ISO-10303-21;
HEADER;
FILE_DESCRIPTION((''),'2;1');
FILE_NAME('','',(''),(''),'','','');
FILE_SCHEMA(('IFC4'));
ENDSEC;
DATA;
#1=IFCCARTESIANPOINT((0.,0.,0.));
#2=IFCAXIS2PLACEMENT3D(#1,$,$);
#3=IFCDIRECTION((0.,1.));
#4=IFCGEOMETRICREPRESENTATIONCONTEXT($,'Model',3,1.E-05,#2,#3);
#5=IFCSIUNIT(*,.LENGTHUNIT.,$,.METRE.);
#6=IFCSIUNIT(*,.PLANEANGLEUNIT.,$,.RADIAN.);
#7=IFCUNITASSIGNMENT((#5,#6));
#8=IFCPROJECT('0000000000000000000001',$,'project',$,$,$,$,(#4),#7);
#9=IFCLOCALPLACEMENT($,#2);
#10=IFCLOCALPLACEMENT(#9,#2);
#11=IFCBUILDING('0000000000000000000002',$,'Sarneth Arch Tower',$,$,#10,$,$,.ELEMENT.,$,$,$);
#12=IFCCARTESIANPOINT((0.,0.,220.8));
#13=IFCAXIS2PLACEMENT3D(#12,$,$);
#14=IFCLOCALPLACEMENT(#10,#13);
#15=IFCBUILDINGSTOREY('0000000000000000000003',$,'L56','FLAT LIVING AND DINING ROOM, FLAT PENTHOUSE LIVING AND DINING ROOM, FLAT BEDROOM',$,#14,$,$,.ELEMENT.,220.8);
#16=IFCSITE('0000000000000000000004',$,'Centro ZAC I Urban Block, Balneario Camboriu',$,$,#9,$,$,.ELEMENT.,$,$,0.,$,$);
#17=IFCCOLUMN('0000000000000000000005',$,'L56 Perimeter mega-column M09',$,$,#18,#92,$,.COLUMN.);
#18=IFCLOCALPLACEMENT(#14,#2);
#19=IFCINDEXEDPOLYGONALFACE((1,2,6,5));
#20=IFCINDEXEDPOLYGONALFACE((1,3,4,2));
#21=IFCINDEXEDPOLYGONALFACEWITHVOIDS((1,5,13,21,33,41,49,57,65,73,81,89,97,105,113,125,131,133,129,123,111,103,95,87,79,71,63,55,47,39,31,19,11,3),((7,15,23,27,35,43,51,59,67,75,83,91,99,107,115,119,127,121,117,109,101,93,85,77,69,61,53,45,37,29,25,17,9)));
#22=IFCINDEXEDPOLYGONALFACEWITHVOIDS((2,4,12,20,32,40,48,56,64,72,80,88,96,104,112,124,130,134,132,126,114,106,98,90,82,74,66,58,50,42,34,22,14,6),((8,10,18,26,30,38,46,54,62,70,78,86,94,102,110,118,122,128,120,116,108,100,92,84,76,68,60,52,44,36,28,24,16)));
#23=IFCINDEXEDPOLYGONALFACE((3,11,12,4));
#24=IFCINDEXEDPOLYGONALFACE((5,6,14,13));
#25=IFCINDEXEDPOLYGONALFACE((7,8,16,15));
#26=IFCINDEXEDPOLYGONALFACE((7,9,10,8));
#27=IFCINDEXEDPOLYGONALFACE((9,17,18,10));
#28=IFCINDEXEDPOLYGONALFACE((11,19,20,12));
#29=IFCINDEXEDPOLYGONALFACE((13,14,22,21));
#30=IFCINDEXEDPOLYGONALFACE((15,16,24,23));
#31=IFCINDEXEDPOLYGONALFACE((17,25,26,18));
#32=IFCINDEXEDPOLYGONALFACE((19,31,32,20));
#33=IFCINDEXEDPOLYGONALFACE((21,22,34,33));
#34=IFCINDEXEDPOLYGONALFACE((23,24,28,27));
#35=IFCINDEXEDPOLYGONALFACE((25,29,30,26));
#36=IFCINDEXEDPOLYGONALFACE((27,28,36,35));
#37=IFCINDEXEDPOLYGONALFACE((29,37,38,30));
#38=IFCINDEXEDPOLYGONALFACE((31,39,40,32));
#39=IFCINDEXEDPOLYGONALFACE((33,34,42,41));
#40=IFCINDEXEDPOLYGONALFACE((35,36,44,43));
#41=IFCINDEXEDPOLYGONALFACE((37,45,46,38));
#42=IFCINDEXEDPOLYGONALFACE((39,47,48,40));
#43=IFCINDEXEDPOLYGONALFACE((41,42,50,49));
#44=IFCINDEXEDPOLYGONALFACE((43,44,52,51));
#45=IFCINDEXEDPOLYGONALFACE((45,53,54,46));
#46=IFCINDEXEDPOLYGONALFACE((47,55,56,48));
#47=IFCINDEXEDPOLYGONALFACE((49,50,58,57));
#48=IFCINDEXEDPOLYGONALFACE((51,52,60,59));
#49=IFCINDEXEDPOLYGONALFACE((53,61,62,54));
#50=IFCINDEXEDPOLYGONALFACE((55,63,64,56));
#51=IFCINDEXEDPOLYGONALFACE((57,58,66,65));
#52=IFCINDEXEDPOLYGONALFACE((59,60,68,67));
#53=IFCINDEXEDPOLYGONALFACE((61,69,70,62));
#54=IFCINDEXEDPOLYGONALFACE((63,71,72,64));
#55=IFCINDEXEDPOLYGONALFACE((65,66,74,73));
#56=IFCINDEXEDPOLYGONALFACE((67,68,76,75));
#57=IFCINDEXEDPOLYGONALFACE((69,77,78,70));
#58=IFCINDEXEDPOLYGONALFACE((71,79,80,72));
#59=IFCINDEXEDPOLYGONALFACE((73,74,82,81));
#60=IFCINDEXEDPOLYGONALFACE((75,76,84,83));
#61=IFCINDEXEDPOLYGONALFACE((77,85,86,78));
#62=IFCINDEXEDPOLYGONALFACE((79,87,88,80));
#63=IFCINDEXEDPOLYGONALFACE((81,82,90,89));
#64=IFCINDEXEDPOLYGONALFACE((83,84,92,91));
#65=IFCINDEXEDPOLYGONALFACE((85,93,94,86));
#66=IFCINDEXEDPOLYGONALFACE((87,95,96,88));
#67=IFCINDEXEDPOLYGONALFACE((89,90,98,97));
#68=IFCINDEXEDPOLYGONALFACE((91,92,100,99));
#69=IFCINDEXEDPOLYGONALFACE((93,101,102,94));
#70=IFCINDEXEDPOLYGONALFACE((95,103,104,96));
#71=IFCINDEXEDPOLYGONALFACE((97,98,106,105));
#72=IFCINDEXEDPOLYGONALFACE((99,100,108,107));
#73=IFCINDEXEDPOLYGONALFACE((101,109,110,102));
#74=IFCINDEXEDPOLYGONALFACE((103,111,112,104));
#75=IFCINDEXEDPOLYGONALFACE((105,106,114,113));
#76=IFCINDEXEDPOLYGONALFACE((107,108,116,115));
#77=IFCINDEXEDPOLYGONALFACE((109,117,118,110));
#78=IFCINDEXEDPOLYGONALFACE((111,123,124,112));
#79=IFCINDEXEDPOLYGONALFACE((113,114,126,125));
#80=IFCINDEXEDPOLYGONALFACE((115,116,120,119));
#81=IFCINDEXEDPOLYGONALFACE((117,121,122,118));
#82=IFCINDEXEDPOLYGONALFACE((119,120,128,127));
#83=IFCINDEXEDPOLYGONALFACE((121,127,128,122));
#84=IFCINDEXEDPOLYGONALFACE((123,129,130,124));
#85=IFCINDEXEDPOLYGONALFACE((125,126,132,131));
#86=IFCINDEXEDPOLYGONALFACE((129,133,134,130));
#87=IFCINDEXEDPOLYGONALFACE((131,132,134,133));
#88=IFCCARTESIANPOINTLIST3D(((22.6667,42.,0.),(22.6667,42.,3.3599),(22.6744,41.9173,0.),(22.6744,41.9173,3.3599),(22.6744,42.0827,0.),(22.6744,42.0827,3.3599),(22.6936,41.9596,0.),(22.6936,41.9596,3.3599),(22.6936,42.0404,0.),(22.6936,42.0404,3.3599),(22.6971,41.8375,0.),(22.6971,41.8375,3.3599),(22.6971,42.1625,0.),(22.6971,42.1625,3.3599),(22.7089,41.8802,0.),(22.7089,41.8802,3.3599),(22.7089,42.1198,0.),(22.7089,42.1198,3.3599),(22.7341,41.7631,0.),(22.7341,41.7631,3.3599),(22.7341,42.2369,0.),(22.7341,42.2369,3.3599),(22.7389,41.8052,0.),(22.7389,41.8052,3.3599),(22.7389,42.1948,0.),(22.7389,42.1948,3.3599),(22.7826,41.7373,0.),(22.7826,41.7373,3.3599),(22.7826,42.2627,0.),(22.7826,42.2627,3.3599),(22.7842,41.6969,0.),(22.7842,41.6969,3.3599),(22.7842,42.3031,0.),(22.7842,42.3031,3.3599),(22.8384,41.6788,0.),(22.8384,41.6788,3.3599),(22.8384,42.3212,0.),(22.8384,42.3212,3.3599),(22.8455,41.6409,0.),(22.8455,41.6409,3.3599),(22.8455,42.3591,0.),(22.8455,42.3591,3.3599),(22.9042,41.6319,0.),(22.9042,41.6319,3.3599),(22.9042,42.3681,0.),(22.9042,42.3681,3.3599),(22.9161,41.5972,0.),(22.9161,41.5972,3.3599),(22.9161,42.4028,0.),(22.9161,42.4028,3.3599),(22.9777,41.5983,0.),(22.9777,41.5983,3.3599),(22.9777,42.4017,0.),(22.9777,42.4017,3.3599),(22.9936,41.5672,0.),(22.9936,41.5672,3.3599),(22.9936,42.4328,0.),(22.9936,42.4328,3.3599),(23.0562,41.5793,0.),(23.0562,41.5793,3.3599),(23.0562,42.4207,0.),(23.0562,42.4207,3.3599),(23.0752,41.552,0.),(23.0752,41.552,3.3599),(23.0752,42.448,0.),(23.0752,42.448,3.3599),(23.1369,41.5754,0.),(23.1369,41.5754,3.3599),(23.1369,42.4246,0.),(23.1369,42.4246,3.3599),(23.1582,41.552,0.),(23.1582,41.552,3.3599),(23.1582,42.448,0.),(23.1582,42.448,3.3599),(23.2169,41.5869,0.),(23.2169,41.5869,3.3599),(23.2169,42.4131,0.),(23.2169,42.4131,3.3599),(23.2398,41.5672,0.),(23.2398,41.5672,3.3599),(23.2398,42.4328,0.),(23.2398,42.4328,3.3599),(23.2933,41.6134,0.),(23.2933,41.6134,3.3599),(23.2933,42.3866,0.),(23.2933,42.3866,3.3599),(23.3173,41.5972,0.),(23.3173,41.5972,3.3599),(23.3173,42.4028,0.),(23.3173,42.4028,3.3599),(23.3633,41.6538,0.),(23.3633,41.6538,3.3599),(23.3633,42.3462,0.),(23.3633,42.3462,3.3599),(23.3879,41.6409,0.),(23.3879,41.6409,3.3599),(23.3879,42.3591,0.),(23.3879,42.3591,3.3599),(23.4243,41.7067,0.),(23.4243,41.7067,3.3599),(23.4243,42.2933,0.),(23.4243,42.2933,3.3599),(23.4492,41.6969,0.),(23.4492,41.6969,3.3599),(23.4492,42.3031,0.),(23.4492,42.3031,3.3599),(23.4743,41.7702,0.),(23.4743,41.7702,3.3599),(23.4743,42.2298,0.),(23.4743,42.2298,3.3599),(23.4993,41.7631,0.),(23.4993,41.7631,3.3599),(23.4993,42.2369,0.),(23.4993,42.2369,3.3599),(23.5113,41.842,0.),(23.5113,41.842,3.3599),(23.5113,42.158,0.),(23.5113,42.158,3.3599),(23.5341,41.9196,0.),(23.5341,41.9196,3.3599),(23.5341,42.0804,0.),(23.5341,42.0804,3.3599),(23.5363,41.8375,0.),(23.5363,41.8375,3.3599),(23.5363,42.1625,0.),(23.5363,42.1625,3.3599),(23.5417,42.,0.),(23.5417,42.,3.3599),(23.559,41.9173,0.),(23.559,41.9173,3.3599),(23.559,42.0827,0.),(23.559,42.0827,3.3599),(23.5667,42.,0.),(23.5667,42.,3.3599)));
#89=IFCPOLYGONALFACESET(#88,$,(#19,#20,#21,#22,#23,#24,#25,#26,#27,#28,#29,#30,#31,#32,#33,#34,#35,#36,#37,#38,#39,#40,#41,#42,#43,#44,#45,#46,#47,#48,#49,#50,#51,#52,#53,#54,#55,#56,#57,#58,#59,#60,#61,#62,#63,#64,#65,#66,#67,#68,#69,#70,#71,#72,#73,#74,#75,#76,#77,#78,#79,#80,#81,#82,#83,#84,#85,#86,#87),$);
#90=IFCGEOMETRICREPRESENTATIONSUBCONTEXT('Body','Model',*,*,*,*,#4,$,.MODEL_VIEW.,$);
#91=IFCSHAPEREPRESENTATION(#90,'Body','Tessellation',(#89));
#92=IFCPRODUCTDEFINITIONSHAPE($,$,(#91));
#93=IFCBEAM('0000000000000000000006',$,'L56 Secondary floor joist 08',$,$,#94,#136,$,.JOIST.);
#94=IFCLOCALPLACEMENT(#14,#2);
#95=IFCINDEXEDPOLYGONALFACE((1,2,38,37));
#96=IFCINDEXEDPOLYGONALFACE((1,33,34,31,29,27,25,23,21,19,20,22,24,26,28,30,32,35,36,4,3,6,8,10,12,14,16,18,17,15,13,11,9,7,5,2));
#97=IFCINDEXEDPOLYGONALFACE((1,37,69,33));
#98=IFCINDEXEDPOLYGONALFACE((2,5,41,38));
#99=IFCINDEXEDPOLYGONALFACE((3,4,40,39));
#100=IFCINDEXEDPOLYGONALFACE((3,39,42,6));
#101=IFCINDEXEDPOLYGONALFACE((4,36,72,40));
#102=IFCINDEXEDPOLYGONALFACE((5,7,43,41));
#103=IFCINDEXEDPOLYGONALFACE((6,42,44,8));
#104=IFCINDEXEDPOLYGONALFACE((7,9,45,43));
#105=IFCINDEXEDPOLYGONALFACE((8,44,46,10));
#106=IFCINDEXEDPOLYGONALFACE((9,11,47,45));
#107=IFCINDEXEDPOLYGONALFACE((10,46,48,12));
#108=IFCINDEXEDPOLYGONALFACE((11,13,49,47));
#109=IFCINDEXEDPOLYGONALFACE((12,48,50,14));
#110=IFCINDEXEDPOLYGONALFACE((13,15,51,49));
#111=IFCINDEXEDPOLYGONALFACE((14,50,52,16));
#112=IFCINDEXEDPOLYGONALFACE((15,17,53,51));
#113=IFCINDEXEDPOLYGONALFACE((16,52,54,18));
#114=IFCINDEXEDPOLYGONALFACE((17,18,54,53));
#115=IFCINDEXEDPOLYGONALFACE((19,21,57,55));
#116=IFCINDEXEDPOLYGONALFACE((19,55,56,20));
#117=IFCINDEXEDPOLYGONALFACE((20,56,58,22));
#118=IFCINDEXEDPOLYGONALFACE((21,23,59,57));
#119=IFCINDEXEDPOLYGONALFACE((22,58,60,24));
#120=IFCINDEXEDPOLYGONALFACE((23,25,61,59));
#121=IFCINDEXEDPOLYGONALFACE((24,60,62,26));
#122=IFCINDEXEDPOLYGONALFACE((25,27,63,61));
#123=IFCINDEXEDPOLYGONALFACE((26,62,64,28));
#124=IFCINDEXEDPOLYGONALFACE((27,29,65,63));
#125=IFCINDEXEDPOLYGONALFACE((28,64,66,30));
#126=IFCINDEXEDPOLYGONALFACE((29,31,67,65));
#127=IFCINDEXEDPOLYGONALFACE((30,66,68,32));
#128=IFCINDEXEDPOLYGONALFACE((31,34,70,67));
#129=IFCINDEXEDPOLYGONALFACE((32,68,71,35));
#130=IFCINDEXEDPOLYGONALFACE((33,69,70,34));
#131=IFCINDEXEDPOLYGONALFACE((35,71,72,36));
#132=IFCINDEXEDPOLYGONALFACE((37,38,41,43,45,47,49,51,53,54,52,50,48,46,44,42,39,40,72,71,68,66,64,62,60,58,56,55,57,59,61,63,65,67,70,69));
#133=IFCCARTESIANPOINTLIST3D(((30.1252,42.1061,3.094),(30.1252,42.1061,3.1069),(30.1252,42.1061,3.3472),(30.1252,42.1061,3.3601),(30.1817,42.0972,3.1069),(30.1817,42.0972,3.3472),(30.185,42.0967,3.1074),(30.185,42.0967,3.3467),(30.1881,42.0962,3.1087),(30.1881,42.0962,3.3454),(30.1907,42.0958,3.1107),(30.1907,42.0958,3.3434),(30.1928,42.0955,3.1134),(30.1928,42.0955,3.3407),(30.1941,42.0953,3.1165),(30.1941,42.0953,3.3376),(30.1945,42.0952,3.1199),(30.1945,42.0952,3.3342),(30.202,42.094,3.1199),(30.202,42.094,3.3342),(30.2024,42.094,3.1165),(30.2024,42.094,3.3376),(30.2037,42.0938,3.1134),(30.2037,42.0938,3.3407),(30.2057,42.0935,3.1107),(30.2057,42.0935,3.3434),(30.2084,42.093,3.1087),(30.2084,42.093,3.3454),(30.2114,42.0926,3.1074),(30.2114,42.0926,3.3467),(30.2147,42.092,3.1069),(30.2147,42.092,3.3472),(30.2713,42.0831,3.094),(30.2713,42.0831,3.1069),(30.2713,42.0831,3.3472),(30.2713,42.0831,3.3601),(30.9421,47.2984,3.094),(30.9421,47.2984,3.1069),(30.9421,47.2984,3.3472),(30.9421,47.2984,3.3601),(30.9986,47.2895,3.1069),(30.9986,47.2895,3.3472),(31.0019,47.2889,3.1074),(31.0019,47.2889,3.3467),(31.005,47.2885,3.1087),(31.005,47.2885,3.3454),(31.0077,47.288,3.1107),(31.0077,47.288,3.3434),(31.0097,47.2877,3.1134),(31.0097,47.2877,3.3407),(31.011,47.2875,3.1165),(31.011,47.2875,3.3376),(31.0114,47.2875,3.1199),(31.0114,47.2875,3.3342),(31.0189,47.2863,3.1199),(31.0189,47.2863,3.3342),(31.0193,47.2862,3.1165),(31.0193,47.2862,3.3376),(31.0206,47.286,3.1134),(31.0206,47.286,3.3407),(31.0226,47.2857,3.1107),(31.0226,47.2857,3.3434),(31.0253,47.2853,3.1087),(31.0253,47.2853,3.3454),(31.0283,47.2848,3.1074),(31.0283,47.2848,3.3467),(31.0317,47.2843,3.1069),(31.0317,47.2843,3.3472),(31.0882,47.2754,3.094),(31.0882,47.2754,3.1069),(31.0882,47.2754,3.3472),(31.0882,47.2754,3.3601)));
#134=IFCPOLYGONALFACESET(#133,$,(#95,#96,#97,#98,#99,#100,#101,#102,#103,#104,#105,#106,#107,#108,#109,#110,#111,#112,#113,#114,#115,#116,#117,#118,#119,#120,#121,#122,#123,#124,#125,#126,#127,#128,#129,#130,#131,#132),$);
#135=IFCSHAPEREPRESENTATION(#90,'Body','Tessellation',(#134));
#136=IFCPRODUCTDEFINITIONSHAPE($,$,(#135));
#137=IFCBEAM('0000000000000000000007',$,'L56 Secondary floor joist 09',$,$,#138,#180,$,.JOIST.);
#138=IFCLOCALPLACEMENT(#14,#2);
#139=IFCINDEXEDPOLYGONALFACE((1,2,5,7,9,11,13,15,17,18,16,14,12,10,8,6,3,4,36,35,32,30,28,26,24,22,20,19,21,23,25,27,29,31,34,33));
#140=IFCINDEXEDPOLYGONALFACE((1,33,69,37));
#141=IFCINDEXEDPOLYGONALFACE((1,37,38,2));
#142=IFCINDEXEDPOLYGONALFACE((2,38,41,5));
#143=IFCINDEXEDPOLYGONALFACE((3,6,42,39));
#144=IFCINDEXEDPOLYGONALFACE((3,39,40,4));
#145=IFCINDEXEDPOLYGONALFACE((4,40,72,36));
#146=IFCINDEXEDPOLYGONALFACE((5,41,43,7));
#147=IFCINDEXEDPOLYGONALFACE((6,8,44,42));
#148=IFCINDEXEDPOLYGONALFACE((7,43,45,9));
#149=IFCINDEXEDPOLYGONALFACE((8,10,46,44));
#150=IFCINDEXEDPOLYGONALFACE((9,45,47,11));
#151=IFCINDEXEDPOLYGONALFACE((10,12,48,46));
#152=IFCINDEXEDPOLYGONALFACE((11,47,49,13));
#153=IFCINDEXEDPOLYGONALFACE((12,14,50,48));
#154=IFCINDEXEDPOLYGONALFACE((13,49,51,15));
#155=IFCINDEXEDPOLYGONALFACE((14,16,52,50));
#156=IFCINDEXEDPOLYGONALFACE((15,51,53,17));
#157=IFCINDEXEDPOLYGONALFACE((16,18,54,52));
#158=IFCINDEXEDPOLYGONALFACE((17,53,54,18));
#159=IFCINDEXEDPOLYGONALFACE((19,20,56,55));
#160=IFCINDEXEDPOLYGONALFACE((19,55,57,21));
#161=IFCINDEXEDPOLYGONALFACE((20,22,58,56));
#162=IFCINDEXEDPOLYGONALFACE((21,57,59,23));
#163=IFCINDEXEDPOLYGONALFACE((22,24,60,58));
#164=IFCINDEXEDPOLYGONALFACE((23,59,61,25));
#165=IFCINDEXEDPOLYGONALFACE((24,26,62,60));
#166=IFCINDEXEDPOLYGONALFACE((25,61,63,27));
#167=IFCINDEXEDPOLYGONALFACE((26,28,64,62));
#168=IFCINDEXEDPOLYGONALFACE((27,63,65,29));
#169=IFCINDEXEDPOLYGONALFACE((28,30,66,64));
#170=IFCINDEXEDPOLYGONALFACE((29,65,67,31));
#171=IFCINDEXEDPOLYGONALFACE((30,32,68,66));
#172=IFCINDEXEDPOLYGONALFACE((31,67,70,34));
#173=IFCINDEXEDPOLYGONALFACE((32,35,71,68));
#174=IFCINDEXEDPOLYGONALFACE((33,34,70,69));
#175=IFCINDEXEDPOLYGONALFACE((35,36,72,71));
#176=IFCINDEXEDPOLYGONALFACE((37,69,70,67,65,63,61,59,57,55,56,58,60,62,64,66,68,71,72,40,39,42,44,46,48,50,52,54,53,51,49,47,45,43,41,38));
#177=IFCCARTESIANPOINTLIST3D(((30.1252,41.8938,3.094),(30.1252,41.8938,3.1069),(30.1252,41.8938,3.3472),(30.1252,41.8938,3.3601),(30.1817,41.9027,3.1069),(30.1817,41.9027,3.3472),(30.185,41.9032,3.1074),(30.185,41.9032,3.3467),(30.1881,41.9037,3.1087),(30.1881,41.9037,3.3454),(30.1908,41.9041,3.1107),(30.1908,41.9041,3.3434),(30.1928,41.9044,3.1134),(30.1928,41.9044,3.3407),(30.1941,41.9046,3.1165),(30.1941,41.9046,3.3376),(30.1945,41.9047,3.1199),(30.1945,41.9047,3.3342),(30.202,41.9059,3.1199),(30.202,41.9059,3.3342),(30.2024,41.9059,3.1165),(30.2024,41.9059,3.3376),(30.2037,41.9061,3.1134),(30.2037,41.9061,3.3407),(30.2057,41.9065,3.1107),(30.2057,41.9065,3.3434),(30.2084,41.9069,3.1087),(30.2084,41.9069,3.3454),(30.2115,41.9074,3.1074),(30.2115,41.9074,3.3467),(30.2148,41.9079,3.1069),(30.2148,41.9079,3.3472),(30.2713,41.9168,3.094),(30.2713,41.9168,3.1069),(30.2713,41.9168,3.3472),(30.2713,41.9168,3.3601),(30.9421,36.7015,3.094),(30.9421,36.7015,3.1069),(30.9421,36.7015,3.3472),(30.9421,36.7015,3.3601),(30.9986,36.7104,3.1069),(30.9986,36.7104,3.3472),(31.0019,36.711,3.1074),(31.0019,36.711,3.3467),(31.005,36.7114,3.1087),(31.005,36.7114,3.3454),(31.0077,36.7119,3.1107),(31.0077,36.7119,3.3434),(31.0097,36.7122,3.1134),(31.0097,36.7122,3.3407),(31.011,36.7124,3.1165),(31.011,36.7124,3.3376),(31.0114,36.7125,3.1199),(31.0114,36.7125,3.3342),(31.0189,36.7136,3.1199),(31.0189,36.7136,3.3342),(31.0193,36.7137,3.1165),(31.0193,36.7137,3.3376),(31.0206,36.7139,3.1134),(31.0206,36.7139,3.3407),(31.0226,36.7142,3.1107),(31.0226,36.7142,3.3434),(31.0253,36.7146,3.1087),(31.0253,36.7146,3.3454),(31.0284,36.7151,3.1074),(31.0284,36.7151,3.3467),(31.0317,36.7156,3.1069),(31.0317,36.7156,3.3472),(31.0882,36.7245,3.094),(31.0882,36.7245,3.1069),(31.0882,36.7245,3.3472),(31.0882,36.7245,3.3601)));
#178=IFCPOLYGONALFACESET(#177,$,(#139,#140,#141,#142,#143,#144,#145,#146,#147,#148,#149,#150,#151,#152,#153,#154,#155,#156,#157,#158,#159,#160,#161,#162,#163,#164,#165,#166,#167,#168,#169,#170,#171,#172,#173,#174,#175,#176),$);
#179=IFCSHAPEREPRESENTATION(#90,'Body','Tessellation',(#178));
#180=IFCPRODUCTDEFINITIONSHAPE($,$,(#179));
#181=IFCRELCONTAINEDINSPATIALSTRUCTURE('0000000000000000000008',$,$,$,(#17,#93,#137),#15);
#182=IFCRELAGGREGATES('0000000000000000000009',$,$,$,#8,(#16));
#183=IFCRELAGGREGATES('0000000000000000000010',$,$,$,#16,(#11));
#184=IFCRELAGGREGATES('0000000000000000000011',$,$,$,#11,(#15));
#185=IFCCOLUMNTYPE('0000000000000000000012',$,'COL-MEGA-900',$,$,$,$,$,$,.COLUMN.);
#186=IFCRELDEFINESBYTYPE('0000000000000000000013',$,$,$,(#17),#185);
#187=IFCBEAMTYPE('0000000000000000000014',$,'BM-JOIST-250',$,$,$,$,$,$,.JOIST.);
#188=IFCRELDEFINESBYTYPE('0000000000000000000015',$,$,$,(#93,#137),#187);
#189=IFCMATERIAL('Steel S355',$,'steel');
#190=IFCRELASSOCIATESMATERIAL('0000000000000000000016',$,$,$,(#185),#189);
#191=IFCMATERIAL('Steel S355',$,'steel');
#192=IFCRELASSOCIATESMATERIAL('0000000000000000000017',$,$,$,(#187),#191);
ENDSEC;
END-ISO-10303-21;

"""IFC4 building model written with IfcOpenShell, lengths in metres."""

from ifc_helpers import new_model, si_unit, direction, frame, origin, origin_2d, place, context, subcontext, project, spatial, hollow_circle, i_section, extrude, material, material_profile, profile_set, type_object, element, save


model = new_model("IFC4")

# Units and contexts
model_context = context("Model", 3, precision=1e-05, world=origin(), true_north=direction((0.0, 1.0)))
body_context = subcontext(model_context, "Body", "Model", "MODEL_VIEW")
ifc_project = project(units=[si_unit("LENGTHUNIT", "METRE"), si_unit("PLANEANGLEUNIT", "RADIAN")], contexts=[model_context])

# Site, building, storey
site_placement = place(None, origin())
site = spatial("IfcSite", under=ifc_project, at=site_placement, Name="Centro ZAC I Urban Block, Balneario Camboriu", CompositionType="ELEMENT", RefElevation=0.0)
building_placement = place(site_placement, origin())
building = spatial("IfcBuilding", under=site, at=building_placement, Name="Sarneth Arch Tower", CompositionType="ELEMENT")
storey_placement = place(building_placement, frame((0.0, 0.0, 220.8)))
storey = spatial("IfcBuildingStorey", under=building, at=storey_placement, Name="L56", Description="FLAT LIVING AND DINING ROOM, FLAT PENTHOUSE LIVING AND DINING ROOM, FLAT BEDROOM", CompositionType="ELEMENT", Elevation=220.8)

# Column
ifc_material_1 = material(Name="Steel S355", Category="steel")
ifc_material_profile_1 = material_profile(ifc_material_1, hollow_circle(Radius=0.45, WallThickness=0.0249, at=origin_2d()), Name="CHS900x25")
ifc_profile_set_1 = profile_set([ifc_material_profile_1], Name="Steel S355")
column_type = type_object("IfcColumnType", Name="COL-MEGA-900", PredefinedType="COLUMN", material=ifc_profile_set_1)
column_placement = place(storey_placement, frame((23.1167, 42.0, 0.0), z_axis=(0.0, 0.0, 1.0), x_axis=(1.0, 0.0, 0.0)))
element("IfcColumn", 1, at=column_placement, inside=storey, type_object=column_type, Name="L56 Perimeter mega-column M09", PredefinedType="COLUMN", context=body_context, shape_type="SweptSolid", body=[
    extrude(hollow_circle(Radius=0.45, WallThickness=0.0249, at=origin_2d()), origin(), (0.0, 0.0, 1.0), 3.3599),
])

# Beams
ifc_material_2 = material(Name="Steel S355", Category="steel")
ifc_material_profile_2 = material_profile(ifc_material_2, i_section(OverallWidth=0.1479, OverallDepth=0.2661, WebThickness=0.0076, FlangeThickness=0.0129, FilletRadius=0.0129, at=origin_2d()), Name="W250x44.8")
ifc_profile_set_2 = profile_set([ifc_material_profile_2], Name="Steel S355")
beam_type_1 = type_object("IfcBeamType", Name="BM-JOIST-250", PredefinedType="JOIST", material=ifc_profile_set_2)
for number, where, z_axis, x_axis, name in (
    (2, (31.0151, 47.2869, 3.2271), (-0.155421, -0.987848, 0.0), (0.987848, -0.155421, 0.0), "L56 Secondary floor joist 08"),
    (3, (30.1982, 41.9053, 3.2271), (0.155421, -0.987848, 0.0), (0.987848, 0.155421, 0.0), "L56 Secondary floor joist 09"),
):
    element("IfcBeam", number, at=place(storey_placement, frame(where, z_axis=z_axis, x_axis=x_axis)), inside=storey, type_object=beam_type_1, Name=name, PredefinedType="JOIST", context=body_context, shape_type="SweptSolid", body=[
        extrude(i_section(OverallWidth=0.1479, OverallDepth=0.2661, WebThickness=0.0076, FlangeThickness=0.0129, FilletRadius=0.0129, at=origin_2d()), origin(), (0.0, 0.0, 1.0), 5.2561),
    ])

save(model, "model.ifc")
